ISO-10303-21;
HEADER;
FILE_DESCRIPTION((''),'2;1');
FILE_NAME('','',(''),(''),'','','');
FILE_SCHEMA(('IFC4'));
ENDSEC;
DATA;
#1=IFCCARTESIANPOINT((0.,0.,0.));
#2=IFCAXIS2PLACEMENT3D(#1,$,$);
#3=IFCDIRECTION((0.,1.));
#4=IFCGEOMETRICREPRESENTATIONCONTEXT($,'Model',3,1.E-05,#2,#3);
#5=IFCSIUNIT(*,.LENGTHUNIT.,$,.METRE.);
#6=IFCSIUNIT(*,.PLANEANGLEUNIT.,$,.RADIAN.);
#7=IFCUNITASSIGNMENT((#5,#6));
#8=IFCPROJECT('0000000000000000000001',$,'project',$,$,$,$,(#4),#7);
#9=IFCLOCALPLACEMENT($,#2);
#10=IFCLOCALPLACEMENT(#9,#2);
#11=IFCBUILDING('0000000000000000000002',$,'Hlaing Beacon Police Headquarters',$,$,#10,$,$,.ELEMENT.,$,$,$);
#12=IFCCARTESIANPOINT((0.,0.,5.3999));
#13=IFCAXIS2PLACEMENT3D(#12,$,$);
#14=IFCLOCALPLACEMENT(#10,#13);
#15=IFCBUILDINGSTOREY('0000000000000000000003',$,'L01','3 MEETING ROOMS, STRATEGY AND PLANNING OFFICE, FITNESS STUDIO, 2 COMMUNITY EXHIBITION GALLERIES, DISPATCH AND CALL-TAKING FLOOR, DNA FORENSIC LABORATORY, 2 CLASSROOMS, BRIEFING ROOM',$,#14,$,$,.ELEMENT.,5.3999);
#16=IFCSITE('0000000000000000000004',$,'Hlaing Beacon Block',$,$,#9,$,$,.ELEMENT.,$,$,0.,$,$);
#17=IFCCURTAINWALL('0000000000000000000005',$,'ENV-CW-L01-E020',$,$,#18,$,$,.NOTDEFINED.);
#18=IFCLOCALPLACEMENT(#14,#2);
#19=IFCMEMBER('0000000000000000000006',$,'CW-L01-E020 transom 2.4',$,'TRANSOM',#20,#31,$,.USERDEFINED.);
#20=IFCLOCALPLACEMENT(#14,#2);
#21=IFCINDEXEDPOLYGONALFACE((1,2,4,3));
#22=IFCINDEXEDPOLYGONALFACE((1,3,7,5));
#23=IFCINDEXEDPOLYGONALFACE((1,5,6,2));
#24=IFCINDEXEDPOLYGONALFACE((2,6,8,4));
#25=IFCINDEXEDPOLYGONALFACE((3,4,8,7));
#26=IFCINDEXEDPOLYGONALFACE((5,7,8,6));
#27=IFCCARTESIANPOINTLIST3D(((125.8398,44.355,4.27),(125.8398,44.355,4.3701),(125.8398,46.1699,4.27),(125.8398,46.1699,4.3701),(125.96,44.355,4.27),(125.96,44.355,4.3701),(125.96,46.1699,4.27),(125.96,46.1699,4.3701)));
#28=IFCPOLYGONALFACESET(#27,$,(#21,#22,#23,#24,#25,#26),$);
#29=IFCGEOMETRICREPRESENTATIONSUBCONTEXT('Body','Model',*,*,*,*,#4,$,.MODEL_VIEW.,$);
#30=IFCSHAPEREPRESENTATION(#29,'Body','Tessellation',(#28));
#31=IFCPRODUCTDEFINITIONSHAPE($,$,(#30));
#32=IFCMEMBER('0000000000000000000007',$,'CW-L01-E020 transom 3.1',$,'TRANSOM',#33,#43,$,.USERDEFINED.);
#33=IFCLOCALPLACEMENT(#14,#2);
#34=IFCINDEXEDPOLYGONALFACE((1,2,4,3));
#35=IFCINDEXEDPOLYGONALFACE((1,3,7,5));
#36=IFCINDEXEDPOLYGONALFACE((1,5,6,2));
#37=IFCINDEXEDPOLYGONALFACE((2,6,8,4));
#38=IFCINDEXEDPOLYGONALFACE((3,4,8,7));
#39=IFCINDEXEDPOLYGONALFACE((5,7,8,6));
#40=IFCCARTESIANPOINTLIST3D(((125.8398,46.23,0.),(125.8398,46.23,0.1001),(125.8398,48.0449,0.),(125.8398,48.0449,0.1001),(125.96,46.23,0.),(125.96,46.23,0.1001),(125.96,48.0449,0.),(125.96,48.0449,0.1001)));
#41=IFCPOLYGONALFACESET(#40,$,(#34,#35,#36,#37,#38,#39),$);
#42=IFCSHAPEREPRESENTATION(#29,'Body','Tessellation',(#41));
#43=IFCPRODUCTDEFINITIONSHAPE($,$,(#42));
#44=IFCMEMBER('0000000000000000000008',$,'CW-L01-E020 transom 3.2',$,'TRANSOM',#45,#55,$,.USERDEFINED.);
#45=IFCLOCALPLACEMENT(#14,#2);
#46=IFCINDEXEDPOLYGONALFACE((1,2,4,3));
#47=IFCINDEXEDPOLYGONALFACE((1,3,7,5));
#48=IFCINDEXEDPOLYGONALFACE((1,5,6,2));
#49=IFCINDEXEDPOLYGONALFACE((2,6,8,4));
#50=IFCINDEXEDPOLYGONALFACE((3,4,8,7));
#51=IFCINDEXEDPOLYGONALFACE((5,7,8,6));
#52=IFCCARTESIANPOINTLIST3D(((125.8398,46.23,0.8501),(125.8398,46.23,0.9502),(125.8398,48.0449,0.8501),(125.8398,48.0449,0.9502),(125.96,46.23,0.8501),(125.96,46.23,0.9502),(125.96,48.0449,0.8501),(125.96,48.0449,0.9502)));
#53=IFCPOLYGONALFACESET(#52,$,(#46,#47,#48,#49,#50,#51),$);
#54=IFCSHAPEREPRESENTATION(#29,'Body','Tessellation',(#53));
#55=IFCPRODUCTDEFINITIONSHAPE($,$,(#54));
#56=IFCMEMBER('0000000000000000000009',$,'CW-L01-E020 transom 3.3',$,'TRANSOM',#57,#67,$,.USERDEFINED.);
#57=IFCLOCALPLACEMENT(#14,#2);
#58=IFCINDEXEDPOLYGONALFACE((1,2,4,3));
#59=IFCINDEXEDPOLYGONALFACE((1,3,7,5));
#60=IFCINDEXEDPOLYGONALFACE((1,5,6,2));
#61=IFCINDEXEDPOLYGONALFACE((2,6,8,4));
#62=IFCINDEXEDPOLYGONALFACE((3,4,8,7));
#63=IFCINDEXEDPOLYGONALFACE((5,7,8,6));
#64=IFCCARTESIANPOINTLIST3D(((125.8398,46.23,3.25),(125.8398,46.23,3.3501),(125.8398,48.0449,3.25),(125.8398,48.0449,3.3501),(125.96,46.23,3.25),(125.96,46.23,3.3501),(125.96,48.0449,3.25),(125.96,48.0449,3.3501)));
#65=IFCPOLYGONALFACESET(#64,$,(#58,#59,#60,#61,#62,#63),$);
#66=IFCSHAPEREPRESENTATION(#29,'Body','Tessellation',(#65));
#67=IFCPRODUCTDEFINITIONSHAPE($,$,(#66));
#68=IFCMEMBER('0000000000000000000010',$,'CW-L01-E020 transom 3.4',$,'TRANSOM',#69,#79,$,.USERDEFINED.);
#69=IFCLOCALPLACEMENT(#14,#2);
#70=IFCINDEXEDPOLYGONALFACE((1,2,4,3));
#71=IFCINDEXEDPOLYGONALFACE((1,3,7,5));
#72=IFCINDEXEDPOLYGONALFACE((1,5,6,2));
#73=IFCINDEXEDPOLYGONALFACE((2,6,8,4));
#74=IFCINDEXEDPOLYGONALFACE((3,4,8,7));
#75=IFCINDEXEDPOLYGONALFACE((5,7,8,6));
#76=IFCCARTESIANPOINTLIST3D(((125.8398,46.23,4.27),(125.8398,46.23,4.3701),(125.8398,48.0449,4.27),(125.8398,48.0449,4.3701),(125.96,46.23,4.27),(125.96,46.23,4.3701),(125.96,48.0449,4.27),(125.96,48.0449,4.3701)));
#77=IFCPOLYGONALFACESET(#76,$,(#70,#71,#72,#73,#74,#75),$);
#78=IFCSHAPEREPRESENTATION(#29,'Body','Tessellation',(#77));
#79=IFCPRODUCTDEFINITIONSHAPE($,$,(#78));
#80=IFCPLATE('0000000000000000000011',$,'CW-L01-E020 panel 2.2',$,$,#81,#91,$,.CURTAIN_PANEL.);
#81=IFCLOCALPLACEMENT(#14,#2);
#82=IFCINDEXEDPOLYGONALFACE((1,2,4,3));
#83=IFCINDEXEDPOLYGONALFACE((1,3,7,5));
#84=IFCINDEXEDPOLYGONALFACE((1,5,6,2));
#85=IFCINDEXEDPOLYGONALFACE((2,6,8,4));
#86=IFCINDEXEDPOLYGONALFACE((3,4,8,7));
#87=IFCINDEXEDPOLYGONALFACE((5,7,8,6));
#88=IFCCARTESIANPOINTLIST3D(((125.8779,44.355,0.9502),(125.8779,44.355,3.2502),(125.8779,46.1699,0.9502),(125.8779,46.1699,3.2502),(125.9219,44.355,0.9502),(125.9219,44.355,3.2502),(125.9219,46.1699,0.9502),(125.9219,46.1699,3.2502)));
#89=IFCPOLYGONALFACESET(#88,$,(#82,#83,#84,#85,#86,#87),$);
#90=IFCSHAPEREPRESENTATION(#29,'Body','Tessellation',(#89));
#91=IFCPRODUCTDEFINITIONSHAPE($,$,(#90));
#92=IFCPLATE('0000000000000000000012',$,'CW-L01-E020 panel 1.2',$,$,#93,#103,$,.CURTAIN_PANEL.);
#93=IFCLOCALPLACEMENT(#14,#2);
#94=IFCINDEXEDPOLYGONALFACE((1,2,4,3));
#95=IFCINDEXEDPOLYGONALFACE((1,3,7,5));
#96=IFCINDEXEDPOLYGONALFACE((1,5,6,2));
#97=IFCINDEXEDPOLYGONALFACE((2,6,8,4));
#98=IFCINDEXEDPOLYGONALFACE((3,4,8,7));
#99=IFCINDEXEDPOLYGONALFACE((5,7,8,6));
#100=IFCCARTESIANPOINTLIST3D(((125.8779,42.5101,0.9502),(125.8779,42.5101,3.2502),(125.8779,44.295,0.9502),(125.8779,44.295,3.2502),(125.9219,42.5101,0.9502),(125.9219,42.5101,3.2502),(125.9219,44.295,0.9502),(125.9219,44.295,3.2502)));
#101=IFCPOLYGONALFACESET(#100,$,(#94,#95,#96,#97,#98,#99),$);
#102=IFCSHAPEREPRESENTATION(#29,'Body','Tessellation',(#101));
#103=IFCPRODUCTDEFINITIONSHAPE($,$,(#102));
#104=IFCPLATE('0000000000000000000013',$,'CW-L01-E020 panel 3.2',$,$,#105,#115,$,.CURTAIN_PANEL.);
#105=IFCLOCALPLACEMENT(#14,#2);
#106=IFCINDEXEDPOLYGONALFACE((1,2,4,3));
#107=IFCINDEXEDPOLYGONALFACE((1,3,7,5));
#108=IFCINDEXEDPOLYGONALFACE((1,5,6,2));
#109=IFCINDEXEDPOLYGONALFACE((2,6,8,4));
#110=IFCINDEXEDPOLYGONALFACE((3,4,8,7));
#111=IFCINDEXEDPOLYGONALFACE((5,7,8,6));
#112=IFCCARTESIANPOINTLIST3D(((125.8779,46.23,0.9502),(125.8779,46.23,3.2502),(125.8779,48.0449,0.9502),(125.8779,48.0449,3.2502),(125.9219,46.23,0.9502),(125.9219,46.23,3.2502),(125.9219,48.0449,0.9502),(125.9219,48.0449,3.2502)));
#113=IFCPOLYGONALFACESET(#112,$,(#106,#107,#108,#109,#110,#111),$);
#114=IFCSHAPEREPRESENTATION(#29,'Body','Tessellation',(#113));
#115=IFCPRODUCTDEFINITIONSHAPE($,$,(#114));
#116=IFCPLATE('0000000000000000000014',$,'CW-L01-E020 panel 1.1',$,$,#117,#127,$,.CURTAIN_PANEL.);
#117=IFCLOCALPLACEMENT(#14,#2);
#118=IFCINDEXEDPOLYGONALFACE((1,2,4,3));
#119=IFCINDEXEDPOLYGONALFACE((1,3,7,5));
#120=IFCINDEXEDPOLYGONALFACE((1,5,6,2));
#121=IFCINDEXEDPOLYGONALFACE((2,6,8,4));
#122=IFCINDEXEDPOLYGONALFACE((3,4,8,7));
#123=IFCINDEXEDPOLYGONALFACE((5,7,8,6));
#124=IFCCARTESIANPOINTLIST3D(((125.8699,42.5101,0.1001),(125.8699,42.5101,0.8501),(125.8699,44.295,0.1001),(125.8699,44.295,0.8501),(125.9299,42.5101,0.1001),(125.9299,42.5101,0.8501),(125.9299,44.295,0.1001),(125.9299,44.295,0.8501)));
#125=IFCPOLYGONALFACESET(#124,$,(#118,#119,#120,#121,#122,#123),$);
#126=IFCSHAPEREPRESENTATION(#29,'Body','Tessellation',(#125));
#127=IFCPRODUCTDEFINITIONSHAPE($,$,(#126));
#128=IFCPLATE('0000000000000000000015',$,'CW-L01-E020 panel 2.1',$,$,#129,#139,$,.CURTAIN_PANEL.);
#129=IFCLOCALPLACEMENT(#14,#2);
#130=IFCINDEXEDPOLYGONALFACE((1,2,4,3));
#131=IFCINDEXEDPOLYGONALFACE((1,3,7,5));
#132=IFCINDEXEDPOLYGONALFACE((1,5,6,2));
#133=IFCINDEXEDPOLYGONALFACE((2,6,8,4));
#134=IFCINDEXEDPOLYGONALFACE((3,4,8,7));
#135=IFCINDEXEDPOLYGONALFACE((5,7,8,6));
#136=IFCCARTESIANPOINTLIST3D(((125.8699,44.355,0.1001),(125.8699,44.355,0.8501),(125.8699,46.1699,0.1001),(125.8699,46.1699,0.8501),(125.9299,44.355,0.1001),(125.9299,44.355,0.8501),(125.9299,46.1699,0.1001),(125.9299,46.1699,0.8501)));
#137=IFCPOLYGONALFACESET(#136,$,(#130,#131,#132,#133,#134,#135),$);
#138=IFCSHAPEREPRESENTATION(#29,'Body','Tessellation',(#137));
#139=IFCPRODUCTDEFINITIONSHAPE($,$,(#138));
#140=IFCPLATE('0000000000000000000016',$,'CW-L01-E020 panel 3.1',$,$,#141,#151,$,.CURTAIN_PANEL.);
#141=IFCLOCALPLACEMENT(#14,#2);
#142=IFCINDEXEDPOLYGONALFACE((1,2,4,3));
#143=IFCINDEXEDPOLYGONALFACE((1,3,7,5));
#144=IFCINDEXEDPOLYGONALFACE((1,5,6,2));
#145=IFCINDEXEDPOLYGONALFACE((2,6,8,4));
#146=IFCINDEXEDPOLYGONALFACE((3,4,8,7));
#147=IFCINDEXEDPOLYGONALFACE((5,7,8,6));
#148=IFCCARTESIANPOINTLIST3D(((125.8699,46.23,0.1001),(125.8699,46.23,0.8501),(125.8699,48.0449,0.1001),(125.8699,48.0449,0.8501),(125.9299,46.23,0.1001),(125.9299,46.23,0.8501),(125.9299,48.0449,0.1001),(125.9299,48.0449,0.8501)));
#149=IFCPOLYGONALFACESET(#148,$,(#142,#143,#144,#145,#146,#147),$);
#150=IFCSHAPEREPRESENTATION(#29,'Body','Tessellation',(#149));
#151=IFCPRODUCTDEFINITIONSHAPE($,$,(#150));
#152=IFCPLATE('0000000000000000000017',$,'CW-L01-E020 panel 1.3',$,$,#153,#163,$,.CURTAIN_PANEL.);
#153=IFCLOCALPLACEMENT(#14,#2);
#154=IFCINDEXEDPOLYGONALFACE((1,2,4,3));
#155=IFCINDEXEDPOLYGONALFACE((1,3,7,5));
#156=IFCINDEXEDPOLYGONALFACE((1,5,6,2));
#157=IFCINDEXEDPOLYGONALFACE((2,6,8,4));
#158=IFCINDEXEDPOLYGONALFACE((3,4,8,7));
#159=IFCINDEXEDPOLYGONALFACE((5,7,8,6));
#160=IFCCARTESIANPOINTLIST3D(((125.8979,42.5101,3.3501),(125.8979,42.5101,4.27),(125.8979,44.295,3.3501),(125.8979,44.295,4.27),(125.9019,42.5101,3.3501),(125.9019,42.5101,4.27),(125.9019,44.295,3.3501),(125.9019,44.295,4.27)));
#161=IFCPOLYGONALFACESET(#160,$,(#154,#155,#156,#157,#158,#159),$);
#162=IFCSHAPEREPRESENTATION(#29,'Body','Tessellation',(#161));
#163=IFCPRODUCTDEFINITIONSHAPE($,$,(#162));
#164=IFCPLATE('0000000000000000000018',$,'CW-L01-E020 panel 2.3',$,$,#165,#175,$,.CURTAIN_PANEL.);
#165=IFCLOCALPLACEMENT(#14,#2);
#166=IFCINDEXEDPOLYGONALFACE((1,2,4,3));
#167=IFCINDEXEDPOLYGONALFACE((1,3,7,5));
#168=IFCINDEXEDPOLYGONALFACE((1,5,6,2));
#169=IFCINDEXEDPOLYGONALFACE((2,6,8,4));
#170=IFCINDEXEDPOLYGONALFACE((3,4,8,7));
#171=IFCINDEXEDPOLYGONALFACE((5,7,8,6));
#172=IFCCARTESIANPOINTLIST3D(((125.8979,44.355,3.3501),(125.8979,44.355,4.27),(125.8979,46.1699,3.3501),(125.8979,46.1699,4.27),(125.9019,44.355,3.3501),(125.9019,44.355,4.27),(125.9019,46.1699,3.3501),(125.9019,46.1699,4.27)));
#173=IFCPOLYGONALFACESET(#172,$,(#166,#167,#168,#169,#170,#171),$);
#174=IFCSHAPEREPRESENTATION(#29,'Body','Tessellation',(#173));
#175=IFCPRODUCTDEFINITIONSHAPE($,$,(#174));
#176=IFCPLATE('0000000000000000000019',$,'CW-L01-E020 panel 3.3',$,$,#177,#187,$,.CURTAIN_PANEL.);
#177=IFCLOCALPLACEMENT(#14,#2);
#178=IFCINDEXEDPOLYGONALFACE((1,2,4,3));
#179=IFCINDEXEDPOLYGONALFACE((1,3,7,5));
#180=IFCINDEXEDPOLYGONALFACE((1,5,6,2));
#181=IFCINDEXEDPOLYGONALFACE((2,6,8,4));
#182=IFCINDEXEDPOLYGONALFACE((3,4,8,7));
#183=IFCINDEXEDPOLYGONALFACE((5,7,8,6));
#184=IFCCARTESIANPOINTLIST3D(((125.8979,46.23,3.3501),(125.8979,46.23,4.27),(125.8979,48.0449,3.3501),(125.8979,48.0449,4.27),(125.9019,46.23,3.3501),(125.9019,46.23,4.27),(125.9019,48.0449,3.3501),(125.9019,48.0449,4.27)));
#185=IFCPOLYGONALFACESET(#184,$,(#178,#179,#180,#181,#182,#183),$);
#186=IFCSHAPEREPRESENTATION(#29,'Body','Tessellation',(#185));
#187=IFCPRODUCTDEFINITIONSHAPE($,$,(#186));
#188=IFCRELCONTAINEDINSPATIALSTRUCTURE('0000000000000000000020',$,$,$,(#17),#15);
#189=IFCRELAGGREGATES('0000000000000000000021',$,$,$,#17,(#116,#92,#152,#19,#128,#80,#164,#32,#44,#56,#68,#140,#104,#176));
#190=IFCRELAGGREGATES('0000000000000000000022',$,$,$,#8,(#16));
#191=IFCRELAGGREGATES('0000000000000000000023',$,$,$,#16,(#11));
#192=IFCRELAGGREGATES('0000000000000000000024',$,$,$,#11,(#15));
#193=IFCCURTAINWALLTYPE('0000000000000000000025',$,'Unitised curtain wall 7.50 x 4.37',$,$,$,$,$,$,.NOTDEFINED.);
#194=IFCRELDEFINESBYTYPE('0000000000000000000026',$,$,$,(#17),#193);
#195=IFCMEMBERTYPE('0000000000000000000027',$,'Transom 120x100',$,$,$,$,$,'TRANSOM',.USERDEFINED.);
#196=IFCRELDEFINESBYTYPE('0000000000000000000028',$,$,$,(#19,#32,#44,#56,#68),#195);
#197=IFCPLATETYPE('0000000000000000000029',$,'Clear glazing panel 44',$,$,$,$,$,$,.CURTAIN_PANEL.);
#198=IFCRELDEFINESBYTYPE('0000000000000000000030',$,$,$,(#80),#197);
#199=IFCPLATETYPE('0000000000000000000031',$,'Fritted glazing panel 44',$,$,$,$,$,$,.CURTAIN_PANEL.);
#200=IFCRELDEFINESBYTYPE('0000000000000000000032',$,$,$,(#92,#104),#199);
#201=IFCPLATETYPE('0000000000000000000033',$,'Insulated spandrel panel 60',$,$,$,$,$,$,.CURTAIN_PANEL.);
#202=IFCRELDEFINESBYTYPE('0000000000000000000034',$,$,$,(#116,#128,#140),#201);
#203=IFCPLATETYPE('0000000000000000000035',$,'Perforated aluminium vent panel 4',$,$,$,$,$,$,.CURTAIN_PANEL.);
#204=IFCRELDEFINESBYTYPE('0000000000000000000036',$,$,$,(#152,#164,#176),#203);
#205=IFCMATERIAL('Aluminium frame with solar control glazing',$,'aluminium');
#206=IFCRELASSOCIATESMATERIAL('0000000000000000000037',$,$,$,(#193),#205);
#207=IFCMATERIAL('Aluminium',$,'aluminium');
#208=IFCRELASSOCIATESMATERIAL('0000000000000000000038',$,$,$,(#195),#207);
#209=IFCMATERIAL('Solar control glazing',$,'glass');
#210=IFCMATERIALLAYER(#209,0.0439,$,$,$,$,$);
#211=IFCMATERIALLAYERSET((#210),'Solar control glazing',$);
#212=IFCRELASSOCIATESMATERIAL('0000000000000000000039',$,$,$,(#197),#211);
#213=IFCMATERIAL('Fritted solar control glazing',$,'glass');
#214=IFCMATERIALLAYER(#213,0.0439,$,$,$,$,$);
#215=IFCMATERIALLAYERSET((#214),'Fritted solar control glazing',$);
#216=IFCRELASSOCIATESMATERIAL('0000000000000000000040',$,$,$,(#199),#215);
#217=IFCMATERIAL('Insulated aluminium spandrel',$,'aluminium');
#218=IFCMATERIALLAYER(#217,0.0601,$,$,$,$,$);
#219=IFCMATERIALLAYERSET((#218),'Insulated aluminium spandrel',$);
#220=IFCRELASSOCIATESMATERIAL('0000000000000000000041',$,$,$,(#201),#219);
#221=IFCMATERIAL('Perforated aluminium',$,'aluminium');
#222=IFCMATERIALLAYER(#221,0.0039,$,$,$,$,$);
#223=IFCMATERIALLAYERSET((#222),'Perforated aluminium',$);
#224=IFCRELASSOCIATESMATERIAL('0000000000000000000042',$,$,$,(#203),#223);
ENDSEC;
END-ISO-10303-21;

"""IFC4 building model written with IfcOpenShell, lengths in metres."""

from ifc_helpers import new_model, si_unit, direction, frame, origin, origin_2d, place, context, subcontext, project, spatial, rectangle, extrude, material, layer, layer_set, material_profile, profile_set, type_object, element, aggregate, save


model = new_model("IFC4")

# Units and contexts
model_context = context("Model", 3, precision=1e-05, world=origin(), true_north=direction((0.0, 1.0)))
body_context = subcontext(model_context, "Body", "Model", "MODEL_VIEW")
ifc_project = project(units=[si_unit("LENGTHUNIT", "METRE"), si_unit("PLANEANGLEUNIT", "RADIAN")], contexts=[model_context])

# Site, building, storey
site_placement = place(None, origin())
site = spatial("IfcSite", under=ifc_project, at=site_placement, Name="Hlaing Beacon Block", CompositionType="ELEMENT", RefElevation=0.0)
building_placement = place(site_placement, origin())
building = spatial("IfcBuilding", under=site, at=building_placement, Name="Hlaing Beacon Police Headquarters", CompositionType="ELEMENT")
storey_placement = place(building_placement, frame((0.0, 0.0, 5.3999)))
storey = spatial("IfcBuildingStorey", under=building, at=storey_placement, Name="L01", Description="3 MEETING ROOMS, STRATEGY AND PLANNING OFFICE, FITNESS STUDIO, 2 COMMUNITY EXHIBITION GALLERIES, DISPATCH AND CALL-TAKING FLOOR, DNA FORENSIC LABORATORY, 2 CLASSROOMS, BRIEFING ROOM", CompositionType="ELEMENT", Elevation=5.3999)

# Curtain wall
ifc_material_1 = material(Name="Aluminium frame with solar control glazing", Category="aluminium")
curtain_wall_type_1 = type_object("IfcCurtainWallType", Name="Unitised curtain wall 7.50 x 4.37", PredefinedType="NOTDEFINED", material=ifc_material_1)
curtain_wall_1_placement = place(storey_placement, origin())
curtain_wall_1 = element("IfcCurtainWall", 1, at=curtain_wall_1_placement, inside=storey, type_object=curtain_wall_type_1, Name="ENV-CW-L01-E020", PredefinedType="NOTDEFINED")

# Members
ifc_material_2 = material(Name="Aluminium", Category="aluminium")
ifc_material_profile_1 = material_profile(ifc_material_2, rectangle(XDim=0.1201, YDim=0.1001, at=origin_2d()), Name="Transom 120x100")
ifc_profile_set_1 = profile_set([ifc_material_profile_1], Name="Aluminium")
member_type_1 = type_object("IfcMemberType", Name="Transom 120x100", ElementType="TRANSOM", PredefinedType="USERDEFINED", material=ifc_profile_set_1)
member_1_placement = place(storey_placement, frame((125.8999, 44.355, 4.3201), z_axis=(0.0, 1.0, 0.0), x_axis=(-1.0, 0.0, 0.0)))
member_1 = element("IfcMember", 2, at=member_1_placement, type_object=member_type_1, Name="CW-L01-E020 transom 2.4", ObjectType="TRANSOM", PredefinedType="USERDEFINED", context=body_context, shape_type="SweptSolid", body=[
    extrude(rectangle(XDim=0.1201, YDim=0.1001, at=origin_2d()), origin(), (0.0, 0.0, 1.0), 1.8149),
])
member_2_placement = place(storey_placement, frame((125.8999, 46.23, 0.05), z_axis=(0.0, 1.0, 0.0), x_axis=(-1.0, 0.0, 0.0)))
member_2 = element("IfcMember", 3, at=member_2_placement, type_object=member_type_1, Name="CW-L01-E020 transom 3.1", ObjectType="TRANSOM", PredefinedType="USERDEFINED", context=body_context, shape_type="SweptSolid", body=[
    extrude(rectangle(XDim=0.1201, YDim=0.1001, at=origin_2d()), origin(), (0.0, 0.0, 1.0), 1.8149),
])
member_3_placement = place(storey_placement, frame((125.8999, 46.23, 0.9001), z_axis=(0.0, 1.0, 0.0), x_axis=(-1.0, 0.0, 0.0)))
member_3 = element("IfcMember", 4, at=member_3_placement, type_object=member_type_1, Name="CW-L01-E020 transom 3.2", ObjectType="TRANSOM", PredefinedType="USERDEFINED", context=body_context, shape_type="SweptSolid", body=[
    extrude(rectangle(XDim=0.1201, YDim=0.1001, at=origin_2d()), origin(), (0.0, 0.0, 1.0), 1.8149),
])
member_4_placement = place(storey_placement, frame((125.8999, 46.23, 3.3), z_axis=(0.0, 1.0, 0.0), x_axis=(-1.0, 0.0, 0.0)))
member_4 = element("IfcMember", 5, at=member_4_placement, type_object=member_type_1, Name="CW-L01-E020 transom 3.3", ObjectType="TRANSOM", PredefinedType="USERDEFINED", context=body_context, shape_type="SweptSolid", body=[
    extrude(rectangle(XDim=0.1201, YDim=0.1001, at=origin_2d()), origin(), (0.0, 0.0, 1.0), 1.8149),
])
member_5_placement = place(storey_placement, frame((125.8999, 46.23, 4.3201), z_axis=(0.0, 1.0, 0.0), x_axis=(-1.0, 0.0, 0.0)))
member_5 = element("IfcMember", 6, at=member_5_placement, type_object=member_type_1, Name="CW-L01-E020 transom 3.4", ObjectType="TRANSOM", PredefinedType="USERDEFINED", context=body_context, shape_type="SweptSolid", body=[
    extrude(rectangle(XDim=0.1201, YDim=0.1001, at=origin_2d()), origin(), (0.0, 0.0, 1.0), 1.8149),
])

# Plates
ifc_material_3 = material(Name="Solar control glazing", Category="glass")
ifc_layer_1 = layer(ifc_material_3, 0.0439)
ifc_layer_set_1 = layer_set([ifc_layer_1], Name="Solar control glazing")
plate_type_1 = type_object("IfcPlateType", Name="Clear glazing panel 44", PredefinedType="CURTAIN_PANEL", material=ifc_layer_set_1)
plate_1_placement = place(storey_placement, frame((125.8999, 45.2625, 0.9502), z_axis=(0.0, 0.0, 1.0), x_axis=(0.0, 1.0, 0.0)))
plate_1 = element("IfcPlate", 7, at=plate_1_placement, type_object=plate_type_1, Name="CW-L01-E020 panel 2.2", PredefinedType="CURTAIN_PANEL", context=body_context, shape_type="SweptSolid", body=[
    extrude(rectangle(XDim=1.8149, YDim=0.0439, at=origin_2d()), origin(), (0.0, 0.0, 1.0), 2.3),
])
ifc_material_4 = material(Name="Fritted solar control glazing", Category="glass")
ifc_layer_2 = layer(ifc_material_4, 0.0439)
ifc_layer_set_2 = layer_set([ifc_layer_2], Name="Fritted solar control glazing")
plate_type_2 = type_object("IfcPlateType", Name="Fritted glazing panel 44", PredefinedType="CURTAIN_PANEL", material=ifc_layer_set_2)
plate_2_placement = place(storey_placement, frame((125.8999, 43.4026, 0.9502), z_axis=(0.0, 0.0, 1.0), x_axis=(0.0, 1.0, 0.0)))
plate_2 = element("IfcPlate", 8, at=plate_2_placement, type_object=plate_type_2, Name="CW-L01-E020 panel 1.2", PredefinedType="CURTAIN_PANEL", context=body_context, shape_type="SweptSolid", body=[
    extrude(rectangle(XDim=1.7849, YDim=0.0439, at=origin_2d()), origin(), (0.0, 0.0, 1.0), 2.3),
])
plate_3_placement = place(storey_placement, frame((125.8999, 47.1375, 0.9502), z_axis=(0.0, 0.0, 1.0), x_axis=(0.0, 1.0, 0.0)))
plate_3 = element("IfcPlate", 9, at=plate_3_placement, type_object=plate_type_2, Name="CW-L01-E020 panel 3.2", PredefinedType="CURTAIN_PANEL", context=body_context, shape_type="SweptSolid", body=[
    extrude(rectangle(XDim=1.8149, YDim=0.0439, at=origin_2d()), origin(), (0.0, 0.0, 1.0), 2.3),
])
ifc_material_5 = material(Name="Insulated aluminium spandrel", Category="aluminium")
ifc_layer_3 = layer(ifc_material_5, 0.0601)
ifc_layer_set_3 = layer_set([ifc_layer_3], Name="Insulated aluminium spandrel")
plate_type_3 = type_object("IfcPlateType", Name="Insulated spandrel panel 60", PredefinedType="CURTAIN_PANEL", material=ifc_layer_set_3)
plate_4_placement = place(storey_placement, frame((125.8999, 43.4026, 0.1001), z_axis=(0.0, 0.0, 1.0), x_axis=(0.0, 1.0, 0.0)))
plate_4 = element("IfcPlate", 10, at=plate_4_placement, type_object=plate_type_3, Name="CW-L01-E020 panel 1.1", PredefinedType="CURTAIN_PANEL", context=body_context, shape_type="SweptSolid", body=[
    extrude(rectangle(XDim=1.7849, YDim=0.0601, at=origin_2d()), origin(), (0.0, 0.0, 1.0), 0.75),
])
plate_5_placement = place(storey_placement, frame((125.8999, 45.2625, 0.1001), z_axis=(0.0, 0.0, 1.0), x_axis=(0.0, 1.0, 0.0)))
plate_5 = element("IfcPlate", 11, at=plate_5_placement, type_object=plate_type_3, Name="CW-L01-E020 panel 2.1", PredefinedType="CURTAIN_PANEL", context=body_context, shape_type="SweptSolid", body=[
    extrude(rectangle(XDim=1.8149, YDim=0.0601, at=origin_2d()), origin(), (0.0, 0.0, 1.0), 0.75),
])
plate_6_placement = place(storey_placement, frame((125.8999, 47.1375, 0.1001), z_axis=(0.0, 0.0, 1.0), x_axis=(0.0, 1.0, 0.0)))
plate_6 = element("IfcPlate", 12, at=plate_6_placement, type_object=plate_type_3, Name="CW-L01-E020 panel 3.1", PredefinedType="CURTAIN_PANEL", context=body_context, shape_type="SweptSolid", body=[
    extrude(rectangle(XDim=1.8149, YDim=0.0601, at=origin_2d()), origin(), (0.0, 0.0, 1.0), 0.75),
])
ifc_material_6 = material(Name="Perforated aluminium", Category="aluminium")
ifc_layer_4 = layer(ifc_material_6, 0.0039)
ifc_layer_set_4 = layer_set([ifc_layer_4], Name="Perforated aluminium")
plate_type_4 = type_object("IfcPlateType", Name="Perforated aluminium vent panel 4", PredefinedType="CURTAIN_PANEL", material=ifc_layer_set_4)
plate_7_placement = place(storey_placement, frame((125.8999, 43.4026, 3.3501), z_axis=(0.0, 0.0, 1.0), x_axis=(0.0, 1.0, 0.0)))
plate_7 = element("IfcPlate", 13, at=plate_7_placement, type_object=plate_type_4, Name="CW-L01-E020 panel 1.3", PredefinedType="CURTAIN_PANEL", context=body_context, shape_type="SweptSolid", body=[
    extrude(rectangle(XDim=1.7849, YDim=0.0039, at=origin_2d()), origin(), (0.0, 0.0, 1.0), 0.9199),
])
plate_8_placement = place(storey_placement, frame((125.8999, 45.2625, 3.3501), z_axis=(0.0, 0.0, 1.0), x_axis=(0.0, 1.0, 0.0)))
plate_8 = element("IfcPlate", 14, at=plate_8_placement, type_object=plate_type_4, Name="CW-L01-E020 panel 2.3", PredefinedType="CURTAIN_PANEL", context=body_context, shape_type="SweptSolid", body=[
    extrude(rectangle(XDim=1.8149, YDim=0.0039, at=origin_2d()), origin(), (0.0, 0.0, 1.0), 0.9199),
])
plate_9_placement = place(storey_placement, frame((125.8999, 47.1375, 3.3501), z_axis=(0.0, 0.0, 1.0), x_axis=(0.0, 1.0, 0.0)))
plate_9 = element("IfcPlate", 15, at=plate_9_placement, type_object=plate_type_4, Name="CW-L01-E020 panel 3.3", PredefinedType="CURTAIN_PANEL", context=body_context, shape_type="SweptSolid", body=[
    extrude(rectangle(XDim=1.8149, YDim=0.0039, at=origin_2d()), origin(), (0.0, 0.0, 1.0), 0.9199),
])
aggregate(curtain_wall_1, [plate_4, plate_2, plate_7, member_1, plate_5, plate_1, plate_8, member_2, member_3, member_4, member_5, plate_6, plate_3, plate_9])

save(model, "model.ifc")
